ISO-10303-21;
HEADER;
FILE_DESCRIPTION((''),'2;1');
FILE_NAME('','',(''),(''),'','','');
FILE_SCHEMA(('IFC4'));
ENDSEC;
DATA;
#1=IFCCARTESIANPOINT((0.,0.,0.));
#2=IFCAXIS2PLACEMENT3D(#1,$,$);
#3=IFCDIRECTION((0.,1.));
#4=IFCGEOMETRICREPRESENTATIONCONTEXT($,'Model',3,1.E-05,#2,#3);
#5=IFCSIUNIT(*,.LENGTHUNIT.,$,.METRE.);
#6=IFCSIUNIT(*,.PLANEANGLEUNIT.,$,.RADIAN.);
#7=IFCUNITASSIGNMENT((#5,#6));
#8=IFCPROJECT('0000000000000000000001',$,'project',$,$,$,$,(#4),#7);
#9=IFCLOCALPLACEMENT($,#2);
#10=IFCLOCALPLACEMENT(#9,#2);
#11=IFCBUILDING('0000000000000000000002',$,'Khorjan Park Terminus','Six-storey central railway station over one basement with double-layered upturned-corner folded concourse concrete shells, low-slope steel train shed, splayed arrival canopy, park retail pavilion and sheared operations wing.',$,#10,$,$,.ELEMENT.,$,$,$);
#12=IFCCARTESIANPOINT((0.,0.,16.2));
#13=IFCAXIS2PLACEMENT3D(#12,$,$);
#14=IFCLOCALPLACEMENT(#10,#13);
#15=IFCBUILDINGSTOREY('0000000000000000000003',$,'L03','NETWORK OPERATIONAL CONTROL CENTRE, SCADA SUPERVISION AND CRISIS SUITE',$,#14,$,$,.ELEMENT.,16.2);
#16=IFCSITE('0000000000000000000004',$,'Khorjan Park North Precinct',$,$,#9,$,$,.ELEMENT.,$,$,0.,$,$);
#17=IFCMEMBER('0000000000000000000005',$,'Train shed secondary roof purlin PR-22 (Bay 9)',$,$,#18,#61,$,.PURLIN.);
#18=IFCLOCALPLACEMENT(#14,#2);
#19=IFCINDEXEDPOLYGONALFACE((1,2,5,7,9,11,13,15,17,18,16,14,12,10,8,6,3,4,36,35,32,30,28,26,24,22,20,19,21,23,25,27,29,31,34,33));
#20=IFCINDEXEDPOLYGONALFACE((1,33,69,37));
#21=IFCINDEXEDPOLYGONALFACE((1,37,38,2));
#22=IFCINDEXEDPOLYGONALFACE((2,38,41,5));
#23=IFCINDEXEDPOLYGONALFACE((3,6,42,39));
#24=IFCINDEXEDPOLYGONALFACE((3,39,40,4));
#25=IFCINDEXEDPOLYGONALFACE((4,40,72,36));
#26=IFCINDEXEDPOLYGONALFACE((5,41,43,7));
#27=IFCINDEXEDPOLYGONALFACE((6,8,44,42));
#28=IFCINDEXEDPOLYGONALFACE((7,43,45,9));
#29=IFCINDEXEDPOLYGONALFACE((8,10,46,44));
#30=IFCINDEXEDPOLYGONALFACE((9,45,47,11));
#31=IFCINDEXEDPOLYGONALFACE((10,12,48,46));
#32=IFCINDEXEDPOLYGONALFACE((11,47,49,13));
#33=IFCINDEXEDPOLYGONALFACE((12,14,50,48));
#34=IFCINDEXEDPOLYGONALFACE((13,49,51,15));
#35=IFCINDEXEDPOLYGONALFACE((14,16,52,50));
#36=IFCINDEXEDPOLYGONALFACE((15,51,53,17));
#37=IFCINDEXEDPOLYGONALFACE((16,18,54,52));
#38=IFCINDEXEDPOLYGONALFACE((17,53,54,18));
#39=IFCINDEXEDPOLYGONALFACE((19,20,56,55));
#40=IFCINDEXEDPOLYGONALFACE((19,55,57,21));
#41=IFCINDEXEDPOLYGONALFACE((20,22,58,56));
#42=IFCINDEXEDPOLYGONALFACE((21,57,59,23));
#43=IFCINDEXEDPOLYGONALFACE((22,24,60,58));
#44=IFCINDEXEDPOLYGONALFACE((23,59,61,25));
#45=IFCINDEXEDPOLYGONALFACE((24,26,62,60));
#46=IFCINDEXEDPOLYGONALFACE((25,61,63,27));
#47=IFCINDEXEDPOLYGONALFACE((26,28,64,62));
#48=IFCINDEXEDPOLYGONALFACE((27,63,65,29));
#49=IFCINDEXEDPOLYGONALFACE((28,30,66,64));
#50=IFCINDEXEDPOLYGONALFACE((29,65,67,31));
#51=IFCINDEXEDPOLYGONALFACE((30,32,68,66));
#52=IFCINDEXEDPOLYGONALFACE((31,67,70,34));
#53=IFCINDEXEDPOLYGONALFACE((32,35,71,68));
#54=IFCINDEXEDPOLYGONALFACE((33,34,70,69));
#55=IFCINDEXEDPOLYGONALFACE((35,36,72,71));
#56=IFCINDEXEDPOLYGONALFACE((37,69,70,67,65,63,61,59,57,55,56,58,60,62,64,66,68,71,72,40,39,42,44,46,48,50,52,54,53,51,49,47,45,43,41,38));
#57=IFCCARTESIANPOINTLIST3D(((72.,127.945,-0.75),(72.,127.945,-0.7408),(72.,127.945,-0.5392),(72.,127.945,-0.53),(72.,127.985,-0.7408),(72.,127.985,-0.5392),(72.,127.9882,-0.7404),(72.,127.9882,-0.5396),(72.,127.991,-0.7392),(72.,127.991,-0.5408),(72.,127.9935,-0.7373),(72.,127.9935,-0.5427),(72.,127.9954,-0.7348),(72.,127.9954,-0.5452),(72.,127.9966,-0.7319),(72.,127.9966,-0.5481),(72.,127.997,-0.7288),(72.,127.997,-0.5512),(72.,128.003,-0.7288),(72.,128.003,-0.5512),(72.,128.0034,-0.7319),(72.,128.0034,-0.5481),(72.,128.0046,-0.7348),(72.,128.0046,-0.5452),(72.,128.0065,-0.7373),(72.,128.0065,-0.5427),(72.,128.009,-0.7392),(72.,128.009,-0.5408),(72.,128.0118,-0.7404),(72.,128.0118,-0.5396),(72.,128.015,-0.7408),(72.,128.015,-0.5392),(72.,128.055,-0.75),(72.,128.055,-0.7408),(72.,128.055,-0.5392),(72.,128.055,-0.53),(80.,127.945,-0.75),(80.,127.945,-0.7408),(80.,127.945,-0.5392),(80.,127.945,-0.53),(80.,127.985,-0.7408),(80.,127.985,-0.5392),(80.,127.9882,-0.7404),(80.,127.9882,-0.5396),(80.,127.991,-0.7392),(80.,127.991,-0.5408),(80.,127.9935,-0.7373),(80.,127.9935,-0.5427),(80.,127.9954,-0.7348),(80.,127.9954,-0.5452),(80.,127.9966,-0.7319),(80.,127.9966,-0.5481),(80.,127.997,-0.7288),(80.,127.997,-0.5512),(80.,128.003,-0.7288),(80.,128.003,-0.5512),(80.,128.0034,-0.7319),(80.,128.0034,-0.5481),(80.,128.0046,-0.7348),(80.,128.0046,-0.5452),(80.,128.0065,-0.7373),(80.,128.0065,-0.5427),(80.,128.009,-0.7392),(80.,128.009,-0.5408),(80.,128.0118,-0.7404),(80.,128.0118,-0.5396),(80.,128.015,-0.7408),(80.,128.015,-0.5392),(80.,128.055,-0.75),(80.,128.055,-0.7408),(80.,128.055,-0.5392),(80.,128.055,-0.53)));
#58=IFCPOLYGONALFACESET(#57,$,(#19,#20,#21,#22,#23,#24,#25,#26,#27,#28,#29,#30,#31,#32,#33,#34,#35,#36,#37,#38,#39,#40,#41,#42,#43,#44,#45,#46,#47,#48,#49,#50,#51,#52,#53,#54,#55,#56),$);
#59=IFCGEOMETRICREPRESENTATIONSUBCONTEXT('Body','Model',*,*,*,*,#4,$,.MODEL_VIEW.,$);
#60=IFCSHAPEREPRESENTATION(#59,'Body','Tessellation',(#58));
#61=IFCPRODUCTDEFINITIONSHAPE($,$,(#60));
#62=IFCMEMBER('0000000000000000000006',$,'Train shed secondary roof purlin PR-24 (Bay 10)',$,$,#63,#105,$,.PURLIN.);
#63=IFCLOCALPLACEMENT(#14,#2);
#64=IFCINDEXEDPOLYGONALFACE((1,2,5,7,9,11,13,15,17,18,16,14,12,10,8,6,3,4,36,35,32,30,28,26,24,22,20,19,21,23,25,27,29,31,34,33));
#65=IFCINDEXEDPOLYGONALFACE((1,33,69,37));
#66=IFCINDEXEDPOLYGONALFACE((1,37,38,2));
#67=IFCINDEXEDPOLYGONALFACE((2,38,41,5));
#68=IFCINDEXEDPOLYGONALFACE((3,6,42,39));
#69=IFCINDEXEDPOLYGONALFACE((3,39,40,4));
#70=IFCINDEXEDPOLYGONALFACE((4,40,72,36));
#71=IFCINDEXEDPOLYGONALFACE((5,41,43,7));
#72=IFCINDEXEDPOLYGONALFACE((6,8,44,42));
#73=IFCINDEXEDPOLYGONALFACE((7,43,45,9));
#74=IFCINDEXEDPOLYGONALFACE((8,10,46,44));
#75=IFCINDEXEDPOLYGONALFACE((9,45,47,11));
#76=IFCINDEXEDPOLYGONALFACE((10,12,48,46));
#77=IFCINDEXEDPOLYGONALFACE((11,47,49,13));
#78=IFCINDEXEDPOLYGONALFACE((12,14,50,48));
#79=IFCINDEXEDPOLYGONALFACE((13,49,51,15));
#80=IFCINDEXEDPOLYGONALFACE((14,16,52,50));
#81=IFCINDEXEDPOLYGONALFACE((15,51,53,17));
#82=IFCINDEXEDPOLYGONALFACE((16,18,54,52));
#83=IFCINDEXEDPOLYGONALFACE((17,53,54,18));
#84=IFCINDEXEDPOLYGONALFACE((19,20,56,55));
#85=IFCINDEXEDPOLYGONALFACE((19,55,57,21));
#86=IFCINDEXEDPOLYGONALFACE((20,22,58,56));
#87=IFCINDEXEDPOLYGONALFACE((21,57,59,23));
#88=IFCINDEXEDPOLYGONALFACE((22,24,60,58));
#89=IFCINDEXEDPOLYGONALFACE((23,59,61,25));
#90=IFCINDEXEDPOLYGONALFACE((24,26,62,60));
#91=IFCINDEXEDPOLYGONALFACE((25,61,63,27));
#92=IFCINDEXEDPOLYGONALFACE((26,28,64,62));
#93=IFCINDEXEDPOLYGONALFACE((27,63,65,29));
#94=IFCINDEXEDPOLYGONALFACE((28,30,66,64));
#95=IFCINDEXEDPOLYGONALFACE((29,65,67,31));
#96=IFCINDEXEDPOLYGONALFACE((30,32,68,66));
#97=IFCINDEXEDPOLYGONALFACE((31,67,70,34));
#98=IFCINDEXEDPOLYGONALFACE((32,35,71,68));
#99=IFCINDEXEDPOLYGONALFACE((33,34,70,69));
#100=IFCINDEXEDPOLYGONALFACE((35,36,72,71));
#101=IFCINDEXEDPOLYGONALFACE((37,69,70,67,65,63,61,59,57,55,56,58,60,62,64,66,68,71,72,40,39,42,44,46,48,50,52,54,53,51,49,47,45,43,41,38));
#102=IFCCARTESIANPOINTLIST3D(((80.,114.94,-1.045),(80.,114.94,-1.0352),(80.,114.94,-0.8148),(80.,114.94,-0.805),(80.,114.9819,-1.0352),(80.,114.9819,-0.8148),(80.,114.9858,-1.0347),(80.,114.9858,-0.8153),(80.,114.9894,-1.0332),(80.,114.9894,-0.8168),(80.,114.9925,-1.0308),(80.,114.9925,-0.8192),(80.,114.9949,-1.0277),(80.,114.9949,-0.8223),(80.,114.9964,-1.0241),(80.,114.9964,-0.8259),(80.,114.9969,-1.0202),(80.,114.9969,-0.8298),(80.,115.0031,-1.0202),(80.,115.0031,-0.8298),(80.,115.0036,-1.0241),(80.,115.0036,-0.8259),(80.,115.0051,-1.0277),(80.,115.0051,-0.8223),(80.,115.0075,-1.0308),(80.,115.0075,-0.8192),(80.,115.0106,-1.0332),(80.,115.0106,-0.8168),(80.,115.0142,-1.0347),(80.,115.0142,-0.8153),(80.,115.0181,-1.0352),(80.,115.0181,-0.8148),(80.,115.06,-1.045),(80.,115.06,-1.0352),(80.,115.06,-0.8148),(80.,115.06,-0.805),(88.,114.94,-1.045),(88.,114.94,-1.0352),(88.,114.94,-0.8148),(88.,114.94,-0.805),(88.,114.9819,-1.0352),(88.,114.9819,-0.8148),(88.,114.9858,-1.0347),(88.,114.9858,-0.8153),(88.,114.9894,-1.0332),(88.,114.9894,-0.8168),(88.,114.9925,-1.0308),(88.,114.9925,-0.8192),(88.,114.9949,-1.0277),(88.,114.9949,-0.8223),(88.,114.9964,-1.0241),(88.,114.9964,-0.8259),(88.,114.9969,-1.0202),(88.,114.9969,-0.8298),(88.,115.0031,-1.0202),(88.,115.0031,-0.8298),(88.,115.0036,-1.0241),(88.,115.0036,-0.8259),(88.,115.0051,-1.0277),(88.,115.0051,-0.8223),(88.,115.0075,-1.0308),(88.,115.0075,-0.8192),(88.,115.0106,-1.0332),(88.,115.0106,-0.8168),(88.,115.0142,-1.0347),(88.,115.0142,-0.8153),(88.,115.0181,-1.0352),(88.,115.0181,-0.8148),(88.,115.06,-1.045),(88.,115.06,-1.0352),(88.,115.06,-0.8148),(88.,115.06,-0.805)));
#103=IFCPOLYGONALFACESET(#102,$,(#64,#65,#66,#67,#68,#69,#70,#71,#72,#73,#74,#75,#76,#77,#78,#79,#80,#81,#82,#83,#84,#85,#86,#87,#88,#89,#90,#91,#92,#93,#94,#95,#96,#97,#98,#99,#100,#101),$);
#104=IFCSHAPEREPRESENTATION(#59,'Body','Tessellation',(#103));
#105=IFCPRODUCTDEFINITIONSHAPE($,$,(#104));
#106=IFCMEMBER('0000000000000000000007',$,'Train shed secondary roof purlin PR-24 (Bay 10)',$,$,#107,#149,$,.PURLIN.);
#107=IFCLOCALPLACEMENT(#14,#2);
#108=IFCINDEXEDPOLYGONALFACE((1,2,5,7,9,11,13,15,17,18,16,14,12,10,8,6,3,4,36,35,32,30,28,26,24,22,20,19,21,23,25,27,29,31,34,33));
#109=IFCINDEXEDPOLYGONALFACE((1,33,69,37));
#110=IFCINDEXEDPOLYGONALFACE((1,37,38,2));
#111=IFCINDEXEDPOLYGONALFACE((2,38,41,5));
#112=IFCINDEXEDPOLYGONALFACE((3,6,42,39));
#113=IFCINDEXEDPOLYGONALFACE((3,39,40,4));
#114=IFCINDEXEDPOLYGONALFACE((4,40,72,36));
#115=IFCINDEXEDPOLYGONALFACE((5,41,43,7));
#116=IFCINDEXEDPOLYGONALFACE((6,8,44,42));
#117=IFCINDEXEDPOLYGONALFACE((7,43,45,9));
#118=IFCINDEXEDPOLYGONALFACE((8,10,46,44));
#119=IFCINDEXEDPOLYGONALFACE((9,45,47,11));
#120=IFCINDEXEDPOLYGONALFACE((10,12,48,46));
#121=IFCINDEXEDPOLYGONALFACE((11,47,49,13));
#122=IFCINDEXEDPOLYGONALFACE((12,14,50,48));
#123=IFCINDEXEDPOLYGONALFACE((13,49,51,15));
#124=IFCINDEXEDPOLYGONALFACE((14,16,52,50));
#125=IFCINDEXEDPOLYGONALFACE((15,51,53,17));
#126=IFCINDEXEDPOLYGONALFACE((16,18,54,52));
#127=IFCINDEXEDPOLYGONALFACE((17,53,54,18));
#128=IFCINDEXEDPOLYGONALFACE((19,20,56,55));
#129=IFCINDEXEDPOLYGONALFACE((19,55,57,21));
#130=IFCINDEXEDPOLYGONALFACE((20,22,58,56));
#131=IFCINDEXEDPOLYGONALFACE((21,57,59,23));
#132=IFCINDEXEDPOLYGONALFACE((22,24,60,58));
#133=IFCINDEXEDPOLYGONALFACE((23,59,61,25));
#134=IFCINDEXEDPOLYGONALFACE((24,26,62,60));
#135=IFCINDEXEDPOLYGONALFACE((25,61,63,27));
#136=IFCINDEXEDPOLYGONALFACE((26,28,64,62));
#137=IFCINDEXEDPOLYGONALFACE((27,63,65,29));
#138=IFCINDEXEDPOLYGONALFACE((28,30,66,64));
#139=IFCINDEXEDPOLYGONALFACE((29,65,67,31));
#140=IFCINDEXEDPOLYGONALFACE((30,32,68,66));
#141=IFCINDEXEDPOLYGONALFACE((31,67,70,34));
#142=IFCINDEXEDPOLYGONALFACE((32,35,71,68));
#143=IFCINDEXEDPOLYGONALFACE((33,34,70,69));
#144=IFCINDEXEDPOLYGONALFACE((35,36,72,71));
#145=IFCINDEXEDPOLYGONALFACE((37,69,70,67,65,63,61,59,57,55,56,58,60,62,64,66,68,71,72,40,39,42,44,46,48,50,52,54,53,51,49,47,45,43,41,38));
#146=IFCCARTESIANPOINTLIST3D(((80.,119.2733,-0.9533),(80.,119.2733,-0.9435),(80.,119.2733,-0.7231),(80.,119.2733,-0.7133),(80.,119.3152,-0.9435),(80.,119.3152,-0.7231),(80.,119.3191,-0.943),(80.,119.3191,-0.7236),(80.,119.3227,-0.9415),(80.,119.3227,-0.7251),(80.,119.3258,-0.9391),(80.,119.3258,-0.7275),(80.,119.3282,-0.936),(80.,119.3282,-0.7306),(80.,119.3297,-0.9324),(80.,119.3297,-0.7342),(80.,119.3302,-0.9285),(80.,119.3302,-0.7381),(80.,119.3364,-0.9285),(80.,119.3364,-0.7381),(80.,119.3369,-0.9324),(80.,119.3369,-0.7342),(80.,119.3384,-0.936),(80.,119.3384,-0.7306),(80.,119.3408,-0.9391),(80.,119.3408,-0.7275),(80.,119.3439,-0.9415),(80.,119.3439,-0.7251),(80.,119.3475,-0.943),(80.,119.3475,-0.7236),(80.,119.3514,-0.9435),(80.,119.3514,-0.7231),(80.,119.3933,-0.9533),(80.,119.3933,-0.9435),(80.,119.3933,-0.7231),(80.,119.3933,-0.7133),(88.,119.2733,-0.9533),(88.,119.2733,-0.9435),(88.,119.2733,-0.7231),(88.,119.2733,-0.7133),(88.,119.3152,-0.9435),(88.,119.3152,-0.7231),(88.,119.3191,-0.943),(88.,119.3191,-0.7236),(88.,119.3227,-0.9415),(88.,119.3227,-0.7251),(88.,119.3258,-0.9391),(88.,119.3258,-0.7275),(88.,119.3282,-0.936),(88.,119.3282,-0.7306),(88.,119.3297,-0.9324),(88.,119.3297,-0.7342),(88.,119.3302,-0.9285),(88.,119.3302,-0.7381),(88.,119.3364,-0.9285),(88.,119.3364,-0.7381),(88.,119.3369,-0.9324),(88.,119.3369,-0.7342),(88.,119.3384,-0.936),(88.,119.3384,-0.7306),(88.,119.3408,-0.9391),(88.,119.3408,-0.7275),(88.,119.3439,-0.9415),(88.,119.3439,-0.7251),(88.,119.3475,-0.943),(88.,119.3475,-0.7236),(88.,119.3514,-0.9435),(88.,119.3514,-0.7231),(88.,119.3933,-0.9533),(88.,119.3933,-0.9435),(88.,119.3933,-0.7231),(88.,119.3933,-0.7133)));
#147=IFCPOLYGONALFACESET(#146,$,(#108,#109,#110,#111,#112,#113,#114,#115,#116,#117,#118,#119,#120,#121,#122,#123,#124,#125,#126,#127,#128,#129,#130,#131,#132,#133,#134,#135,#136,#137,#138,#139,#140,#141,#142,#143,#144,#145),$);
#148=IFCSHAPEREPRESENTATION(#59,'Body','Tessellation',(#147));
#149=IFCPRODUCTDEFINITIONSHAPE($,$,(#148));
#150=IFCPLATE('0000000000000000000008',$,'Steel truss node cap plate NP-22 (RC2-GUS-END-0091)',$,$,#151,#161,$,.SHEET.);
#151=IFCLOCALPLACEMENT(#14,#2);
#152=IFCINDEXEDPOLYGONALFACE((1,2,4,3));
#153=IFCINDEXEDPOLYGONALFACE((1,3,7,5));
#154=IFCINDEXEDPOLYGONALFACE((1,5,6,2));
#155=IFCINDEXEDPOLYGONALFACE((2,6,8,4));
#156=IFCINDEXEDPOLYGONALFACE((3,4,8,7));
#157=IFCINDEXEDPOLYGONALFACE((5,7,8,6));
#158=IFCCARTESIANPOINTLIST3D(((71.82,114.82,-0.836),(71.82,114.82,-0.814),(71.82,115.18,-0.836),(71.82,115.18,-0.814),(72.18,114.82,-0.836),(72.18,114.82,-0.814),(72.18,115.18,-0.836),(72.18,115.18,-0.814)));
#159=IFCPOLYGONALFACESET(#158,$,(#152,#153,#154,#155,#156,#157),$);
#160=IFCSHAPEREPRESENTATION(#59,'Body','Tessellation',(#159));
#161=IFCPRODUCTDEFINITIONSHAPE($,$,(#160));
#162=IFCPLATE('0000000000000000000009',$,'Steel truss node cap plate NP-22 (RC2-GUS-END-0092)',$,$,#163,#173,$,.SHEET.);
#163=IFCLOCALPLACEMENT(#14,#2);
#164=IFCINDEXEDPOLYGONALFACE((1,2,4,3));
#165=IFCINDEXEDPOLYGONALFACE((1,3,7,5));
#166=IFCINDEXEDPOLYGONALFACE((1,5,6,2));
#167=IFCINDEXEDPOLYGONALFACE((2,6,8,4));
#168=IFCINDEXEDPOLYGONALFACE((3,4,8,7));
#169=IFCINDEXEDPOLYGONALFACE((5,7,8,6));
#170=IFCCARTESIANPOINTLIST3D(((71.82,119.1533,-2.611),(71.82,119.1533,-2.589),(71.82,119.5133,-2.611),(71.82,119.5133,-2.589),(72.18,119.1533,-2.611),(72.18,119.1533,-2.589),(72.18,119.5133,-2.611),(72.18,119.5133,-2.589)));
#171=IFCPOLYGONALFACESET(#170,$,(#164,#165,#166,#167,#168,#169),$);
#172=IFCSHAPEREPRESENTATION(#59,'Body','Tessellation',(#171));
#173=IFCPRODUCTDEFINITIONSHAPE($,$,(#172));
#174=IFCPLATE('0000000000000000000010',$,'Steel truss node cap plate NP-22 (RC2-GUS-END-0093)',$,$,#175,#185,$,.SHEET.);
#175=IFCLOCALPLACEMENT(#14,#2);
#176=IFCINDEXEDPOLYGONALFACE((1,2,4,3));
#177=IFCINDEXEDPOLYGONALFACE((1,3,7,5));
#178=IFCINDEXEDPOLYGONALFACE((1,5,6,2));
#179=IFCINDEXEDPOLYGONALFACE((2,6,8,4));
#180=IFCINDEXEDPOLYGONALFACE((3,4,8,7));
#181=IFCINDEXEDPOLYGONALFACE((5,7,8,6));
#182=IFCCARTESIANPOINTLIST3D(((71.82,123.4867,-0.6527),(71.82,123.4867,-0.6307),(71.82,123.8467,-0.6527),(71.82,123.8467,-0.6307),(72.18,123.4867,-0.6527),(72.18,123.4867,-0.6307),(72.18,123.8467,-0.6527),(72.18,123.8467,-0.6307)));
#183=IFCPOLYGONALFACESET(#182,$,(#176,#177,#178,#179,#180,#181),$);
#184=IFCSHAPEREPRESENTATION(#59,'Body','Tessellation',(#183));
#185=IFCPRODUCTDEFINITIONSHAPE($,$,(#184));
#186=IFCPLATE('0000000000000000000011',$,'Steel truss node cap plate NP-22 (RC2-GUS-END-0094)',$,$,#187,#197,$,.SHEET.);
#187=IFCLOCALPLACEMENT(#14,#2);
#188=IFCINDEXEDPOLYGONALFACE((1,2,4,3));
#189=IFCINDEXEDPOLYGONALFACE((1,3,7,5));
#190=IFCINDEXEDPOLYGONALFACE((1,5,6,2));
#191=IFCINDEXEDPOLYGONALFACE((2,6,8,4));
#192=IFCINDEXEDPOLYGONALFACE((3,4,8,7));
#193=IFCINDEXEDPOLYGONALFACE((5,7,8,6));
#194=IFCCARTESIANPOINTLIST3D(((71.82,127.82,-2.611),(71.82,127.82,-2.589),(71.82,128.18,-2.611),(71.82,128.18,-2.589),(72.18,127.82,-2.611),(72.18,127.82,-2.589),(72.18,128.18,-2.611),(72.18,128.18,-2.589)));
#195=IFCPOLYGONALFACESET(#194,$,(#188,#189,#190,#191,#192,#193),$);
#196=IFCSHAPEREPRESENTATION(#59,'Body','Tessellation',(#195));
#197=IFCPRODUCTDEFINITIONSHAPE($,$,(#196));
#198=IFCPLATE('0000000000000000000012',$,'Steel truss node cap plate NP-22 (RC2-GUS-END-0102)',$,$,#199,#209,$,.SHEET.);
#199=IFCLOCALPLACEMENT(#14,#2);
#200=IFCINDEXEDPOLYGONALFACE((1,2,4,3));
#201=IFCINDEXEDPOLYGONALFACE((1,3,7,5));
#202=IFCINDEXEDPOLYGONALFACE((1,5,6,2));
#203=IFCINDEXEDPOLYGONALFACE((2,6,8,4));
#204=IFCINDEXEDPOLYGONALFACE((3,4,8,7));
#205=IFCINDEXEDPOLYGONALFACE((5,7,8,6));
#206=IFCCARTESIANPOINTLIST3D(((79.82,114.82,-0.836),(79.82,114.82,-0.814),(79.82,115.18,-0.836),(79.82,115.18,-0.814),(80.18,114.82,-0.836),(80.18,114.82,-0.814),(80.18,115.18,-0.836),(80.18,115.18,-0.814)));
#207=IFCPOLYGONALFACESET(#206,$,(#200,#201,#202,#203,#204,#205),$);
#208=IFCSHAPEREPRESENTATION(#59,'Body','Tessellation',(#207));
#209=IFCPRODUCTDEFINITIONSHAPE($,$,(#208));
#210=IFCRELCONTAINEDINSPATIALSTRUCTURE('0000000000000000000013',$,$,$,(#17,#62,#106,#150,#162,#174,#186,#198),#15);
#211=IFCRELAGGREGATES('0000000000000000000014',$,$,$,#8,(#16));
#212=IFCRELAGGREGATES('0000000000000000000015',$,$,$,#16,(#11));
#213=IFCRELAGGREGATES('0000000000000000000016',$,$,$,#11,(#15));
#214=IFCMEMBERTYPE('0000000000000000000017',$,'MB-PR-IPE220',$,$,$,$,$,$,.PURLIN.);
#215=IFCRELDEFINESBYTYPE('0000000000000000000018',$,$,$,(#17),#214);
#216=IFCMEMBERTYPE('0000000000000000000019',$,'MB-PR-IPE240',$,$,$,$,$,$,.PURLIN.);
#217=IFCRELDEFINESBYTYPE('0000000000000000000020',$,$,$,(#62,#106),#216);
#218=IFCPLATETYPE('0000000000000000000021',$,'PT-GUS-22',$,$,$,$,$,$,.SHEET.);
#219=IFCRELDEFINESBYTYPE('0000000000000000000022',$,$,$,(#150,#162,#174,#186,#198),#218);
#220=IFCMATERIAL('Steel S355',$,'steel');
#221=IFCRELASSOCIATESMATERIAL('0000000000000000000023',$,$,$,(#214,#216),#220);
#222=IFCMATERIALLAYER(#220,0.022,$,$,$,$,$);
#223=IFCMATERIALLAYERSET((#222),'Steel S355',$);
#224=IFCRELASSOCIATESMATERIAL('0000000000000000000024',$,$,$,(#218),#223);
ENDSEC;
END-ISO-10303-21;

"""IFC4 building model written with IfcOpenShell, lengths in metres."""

from ifc_helpers import new_model, si_unit, direction, frame, origin, origin_2d, place, context, subcontext, project, spatial, rectangle, i_section, extrude, material, layer, layer_set, material_profile, profile_set, type_object, element, save


model = new_model("IFC4")

# Units and contexts
model_context = context("Model", 3, precision=1e-05, world=origin(), true_north=direction((0.0, 1.0)))
body_context = subcontext(model_context, "Body", "Model", "MODEL_VIEW")
ifc_project = project(units=[si_unit("LENGTHUNIT", "METRE"), si_unit("PLANEANGLEUNIT", "RADIAN")], contexts=[model_context])

# Site, building, storey
site_placement = place(None, origin())
site = spatial("IfcSite", under=ifc_project, at=site_placement, Name="Khorjan Park North Precinct", CompositionType="ELEMENT", RefElevation=0.0)
building_placement = place(site_placement, origin())
building = spatial("IfcBuilding", under=site, at=building_placement, Name="Khorjan Park Terminus", Description="Six-storey central railway station over one basement with double-layered upturned-corner folded concourse concrete shells, low-slope steel train shed, splayed arrival canopy, park retail pavilion and sheared operations wing.", CompositionType="ELEMENT")
storey_placement = place(building_placement, frame((0.0, 0.0, 16.2)))
storey = spatial("IfcBuildingStorey", under=building, at=storey_placement, Name="L03", Description="NETWORK OPERATIONAL CONTROL CENTRE, SCADA SUPERVISION AND CRISIS SUITE", CompositionType="ELEMENT", Elevation=16.2)

# Members
ifc_material = material(Name="Steel S355", Category="steel")
ifc_material_profile_1 = material_profile(ifc_material, i_section(OverallWidth=0.11, OverallDepth=0.22, WebThickness=0.0059, FlangeThickness=0.0092, FilletRadius=0.012, at=origin_2d()), Name="IPE 220")
ifc_profile_set_1 = profile_set([ifc_material_profile_1], Name="Steel S355")
member_type_1 = type_object("IfcMemberType", Name="MB-PR-IPE220", PredefinedType="PURLIN", material=ifc_profile_set_1)
for number, where, z_axis, x_axis, name in (
    (1, (72.0, 128.0, -0.64), (1.0, 0.0, 0.0), (0.0, 1.0, 0.0), "Train shed secondary roof purlin PR-22 (Bay 9)"),
):
    element("IfcMember", number, at=place(storey_placement, frame(where, z_axis=z_axis, x_axis=x_axis)), inside=storey, type_object=member_type_1, Name=name, PredefinedType="PURLIN", context=body_context, shape_type="SweptSolid", body=[
        extrude(i_section(OverallWidth=0.11, OverallDepth=0.22, WebThickness=0.0059, FlangeThickness=0.0092, FilletRadius=0.012, at=origin_2d()), origin(), (0.0, 0.0, 1.0), 8.0),
    ])
ifc_material_profile_2 = material_profile(ifc_material, i_section(OverallWidth=0.12, OverallDepth=0.24, WebThickness=0.0062, FlangeThickness=0.0098, FilletRadius=0.015, at=origin_2d()), Name="IPE 240")
ifc_profile_set_2 = profile_set([ifc_material_profile_2], Name="Steel S355")
member_type_2 = type_object("IfcMemberType", Name="MB-PR-IPE240", PredefinedType="PURLIN", material=ifc_profile_set_2)
for number, where, z_axis, x_axis, name in (
    (2, (80.0, 115.0, -0.925), (1.0, 0.0, 0.0), (0.0, 1.0, 0.0), "Train shed secondary roof purlin PR-24 (Bay 10)"),
    (3, (80.0, 119.3333, -0.8333), (1.0, 0.0, 0.0), (0.0, 1.0, 0.0), "Train shed secondary roof purlin PR-24 (Bay 10)"),
):
    element("IfcMember", number, at=place(storey_placement, frame(where, z_axis=z_axis, x_axis=x_axis)), inside=storey, type_object=member_type_2, Name=name, PredefinedType="PURLIN", context=body_context, shape_type="SweptSolid", body=[
        extrude(i_section(OverallWidth=0.12, OverallDepth=0.24, WebThickness=0.0062, FlangeThickness=0.0098, FilletRadius=0.015, at=origin_2d()), origin(), (0.0, 0.0, 1.0), 8.0),
    ])

# Plates
ifc_layer = layer(ifc_material, 0.022)
ifc_layer_set = layer_set([ifc_layer], Name="Steel S355")
plate_type = type_object("IfcPlateType", Name="PT-GUS-22", PredefinedType="SHEET", material=ifc_layer_set)
for number, where, z_axis, x_axis, name in (
    (4, (72.0, 115.0, -0.836), (0.0, 0.0, 1.0), (1.0, 0.0, 0.0), "Steel truss node cap plate NP-22 (RC2-GUS-END-0091)"),
    (5, (72.0, 119.3333, -2.611), (0.0, 0.0, 1.0), (1.0, 0.0, 0.0), "Steel truss node cap plate NP-22 (RC2-GUS-END-0092)"),
    (6, (72.0, 123.6667, -0.6527), (0.0, 0.0, 1.0), (1.0, 0.0, 0.0), "Steel truss node cap plate NP-22 (RC2-GUS-END-0093)"),
    (7, (72.0, 128.0, -2.611), (0.0, 0.0, 1.0), (1.0, 0.0, 0.0), "Steel truss node cap plate NP-22 (RC2-GUS-END-0094)"),
    (8, (80.0, 115.0, -0.836), (0.0, 0.0, 1.0), (1.0, 0.0, 0.0), "Steel truss node cap plate NP-22 (RC2-GUS-END-0102)"),
):
    element("IfcPlate", number, at=place(storey_placement, frame(where, z_axis=z_axis, x_axis=x_axis)), inside=storey, type_object=plate_type, Name=name, PredefinedType="SHEET", context=body_context, shape_type="SweptSolid", body=[
        extrude(rectangle(XDim=0.36, YDim=0.36, at=origin_2d()), origin(), (0.0, 0.0, 1.0), 0.022),
    ])

save(model, "model.ifc")
